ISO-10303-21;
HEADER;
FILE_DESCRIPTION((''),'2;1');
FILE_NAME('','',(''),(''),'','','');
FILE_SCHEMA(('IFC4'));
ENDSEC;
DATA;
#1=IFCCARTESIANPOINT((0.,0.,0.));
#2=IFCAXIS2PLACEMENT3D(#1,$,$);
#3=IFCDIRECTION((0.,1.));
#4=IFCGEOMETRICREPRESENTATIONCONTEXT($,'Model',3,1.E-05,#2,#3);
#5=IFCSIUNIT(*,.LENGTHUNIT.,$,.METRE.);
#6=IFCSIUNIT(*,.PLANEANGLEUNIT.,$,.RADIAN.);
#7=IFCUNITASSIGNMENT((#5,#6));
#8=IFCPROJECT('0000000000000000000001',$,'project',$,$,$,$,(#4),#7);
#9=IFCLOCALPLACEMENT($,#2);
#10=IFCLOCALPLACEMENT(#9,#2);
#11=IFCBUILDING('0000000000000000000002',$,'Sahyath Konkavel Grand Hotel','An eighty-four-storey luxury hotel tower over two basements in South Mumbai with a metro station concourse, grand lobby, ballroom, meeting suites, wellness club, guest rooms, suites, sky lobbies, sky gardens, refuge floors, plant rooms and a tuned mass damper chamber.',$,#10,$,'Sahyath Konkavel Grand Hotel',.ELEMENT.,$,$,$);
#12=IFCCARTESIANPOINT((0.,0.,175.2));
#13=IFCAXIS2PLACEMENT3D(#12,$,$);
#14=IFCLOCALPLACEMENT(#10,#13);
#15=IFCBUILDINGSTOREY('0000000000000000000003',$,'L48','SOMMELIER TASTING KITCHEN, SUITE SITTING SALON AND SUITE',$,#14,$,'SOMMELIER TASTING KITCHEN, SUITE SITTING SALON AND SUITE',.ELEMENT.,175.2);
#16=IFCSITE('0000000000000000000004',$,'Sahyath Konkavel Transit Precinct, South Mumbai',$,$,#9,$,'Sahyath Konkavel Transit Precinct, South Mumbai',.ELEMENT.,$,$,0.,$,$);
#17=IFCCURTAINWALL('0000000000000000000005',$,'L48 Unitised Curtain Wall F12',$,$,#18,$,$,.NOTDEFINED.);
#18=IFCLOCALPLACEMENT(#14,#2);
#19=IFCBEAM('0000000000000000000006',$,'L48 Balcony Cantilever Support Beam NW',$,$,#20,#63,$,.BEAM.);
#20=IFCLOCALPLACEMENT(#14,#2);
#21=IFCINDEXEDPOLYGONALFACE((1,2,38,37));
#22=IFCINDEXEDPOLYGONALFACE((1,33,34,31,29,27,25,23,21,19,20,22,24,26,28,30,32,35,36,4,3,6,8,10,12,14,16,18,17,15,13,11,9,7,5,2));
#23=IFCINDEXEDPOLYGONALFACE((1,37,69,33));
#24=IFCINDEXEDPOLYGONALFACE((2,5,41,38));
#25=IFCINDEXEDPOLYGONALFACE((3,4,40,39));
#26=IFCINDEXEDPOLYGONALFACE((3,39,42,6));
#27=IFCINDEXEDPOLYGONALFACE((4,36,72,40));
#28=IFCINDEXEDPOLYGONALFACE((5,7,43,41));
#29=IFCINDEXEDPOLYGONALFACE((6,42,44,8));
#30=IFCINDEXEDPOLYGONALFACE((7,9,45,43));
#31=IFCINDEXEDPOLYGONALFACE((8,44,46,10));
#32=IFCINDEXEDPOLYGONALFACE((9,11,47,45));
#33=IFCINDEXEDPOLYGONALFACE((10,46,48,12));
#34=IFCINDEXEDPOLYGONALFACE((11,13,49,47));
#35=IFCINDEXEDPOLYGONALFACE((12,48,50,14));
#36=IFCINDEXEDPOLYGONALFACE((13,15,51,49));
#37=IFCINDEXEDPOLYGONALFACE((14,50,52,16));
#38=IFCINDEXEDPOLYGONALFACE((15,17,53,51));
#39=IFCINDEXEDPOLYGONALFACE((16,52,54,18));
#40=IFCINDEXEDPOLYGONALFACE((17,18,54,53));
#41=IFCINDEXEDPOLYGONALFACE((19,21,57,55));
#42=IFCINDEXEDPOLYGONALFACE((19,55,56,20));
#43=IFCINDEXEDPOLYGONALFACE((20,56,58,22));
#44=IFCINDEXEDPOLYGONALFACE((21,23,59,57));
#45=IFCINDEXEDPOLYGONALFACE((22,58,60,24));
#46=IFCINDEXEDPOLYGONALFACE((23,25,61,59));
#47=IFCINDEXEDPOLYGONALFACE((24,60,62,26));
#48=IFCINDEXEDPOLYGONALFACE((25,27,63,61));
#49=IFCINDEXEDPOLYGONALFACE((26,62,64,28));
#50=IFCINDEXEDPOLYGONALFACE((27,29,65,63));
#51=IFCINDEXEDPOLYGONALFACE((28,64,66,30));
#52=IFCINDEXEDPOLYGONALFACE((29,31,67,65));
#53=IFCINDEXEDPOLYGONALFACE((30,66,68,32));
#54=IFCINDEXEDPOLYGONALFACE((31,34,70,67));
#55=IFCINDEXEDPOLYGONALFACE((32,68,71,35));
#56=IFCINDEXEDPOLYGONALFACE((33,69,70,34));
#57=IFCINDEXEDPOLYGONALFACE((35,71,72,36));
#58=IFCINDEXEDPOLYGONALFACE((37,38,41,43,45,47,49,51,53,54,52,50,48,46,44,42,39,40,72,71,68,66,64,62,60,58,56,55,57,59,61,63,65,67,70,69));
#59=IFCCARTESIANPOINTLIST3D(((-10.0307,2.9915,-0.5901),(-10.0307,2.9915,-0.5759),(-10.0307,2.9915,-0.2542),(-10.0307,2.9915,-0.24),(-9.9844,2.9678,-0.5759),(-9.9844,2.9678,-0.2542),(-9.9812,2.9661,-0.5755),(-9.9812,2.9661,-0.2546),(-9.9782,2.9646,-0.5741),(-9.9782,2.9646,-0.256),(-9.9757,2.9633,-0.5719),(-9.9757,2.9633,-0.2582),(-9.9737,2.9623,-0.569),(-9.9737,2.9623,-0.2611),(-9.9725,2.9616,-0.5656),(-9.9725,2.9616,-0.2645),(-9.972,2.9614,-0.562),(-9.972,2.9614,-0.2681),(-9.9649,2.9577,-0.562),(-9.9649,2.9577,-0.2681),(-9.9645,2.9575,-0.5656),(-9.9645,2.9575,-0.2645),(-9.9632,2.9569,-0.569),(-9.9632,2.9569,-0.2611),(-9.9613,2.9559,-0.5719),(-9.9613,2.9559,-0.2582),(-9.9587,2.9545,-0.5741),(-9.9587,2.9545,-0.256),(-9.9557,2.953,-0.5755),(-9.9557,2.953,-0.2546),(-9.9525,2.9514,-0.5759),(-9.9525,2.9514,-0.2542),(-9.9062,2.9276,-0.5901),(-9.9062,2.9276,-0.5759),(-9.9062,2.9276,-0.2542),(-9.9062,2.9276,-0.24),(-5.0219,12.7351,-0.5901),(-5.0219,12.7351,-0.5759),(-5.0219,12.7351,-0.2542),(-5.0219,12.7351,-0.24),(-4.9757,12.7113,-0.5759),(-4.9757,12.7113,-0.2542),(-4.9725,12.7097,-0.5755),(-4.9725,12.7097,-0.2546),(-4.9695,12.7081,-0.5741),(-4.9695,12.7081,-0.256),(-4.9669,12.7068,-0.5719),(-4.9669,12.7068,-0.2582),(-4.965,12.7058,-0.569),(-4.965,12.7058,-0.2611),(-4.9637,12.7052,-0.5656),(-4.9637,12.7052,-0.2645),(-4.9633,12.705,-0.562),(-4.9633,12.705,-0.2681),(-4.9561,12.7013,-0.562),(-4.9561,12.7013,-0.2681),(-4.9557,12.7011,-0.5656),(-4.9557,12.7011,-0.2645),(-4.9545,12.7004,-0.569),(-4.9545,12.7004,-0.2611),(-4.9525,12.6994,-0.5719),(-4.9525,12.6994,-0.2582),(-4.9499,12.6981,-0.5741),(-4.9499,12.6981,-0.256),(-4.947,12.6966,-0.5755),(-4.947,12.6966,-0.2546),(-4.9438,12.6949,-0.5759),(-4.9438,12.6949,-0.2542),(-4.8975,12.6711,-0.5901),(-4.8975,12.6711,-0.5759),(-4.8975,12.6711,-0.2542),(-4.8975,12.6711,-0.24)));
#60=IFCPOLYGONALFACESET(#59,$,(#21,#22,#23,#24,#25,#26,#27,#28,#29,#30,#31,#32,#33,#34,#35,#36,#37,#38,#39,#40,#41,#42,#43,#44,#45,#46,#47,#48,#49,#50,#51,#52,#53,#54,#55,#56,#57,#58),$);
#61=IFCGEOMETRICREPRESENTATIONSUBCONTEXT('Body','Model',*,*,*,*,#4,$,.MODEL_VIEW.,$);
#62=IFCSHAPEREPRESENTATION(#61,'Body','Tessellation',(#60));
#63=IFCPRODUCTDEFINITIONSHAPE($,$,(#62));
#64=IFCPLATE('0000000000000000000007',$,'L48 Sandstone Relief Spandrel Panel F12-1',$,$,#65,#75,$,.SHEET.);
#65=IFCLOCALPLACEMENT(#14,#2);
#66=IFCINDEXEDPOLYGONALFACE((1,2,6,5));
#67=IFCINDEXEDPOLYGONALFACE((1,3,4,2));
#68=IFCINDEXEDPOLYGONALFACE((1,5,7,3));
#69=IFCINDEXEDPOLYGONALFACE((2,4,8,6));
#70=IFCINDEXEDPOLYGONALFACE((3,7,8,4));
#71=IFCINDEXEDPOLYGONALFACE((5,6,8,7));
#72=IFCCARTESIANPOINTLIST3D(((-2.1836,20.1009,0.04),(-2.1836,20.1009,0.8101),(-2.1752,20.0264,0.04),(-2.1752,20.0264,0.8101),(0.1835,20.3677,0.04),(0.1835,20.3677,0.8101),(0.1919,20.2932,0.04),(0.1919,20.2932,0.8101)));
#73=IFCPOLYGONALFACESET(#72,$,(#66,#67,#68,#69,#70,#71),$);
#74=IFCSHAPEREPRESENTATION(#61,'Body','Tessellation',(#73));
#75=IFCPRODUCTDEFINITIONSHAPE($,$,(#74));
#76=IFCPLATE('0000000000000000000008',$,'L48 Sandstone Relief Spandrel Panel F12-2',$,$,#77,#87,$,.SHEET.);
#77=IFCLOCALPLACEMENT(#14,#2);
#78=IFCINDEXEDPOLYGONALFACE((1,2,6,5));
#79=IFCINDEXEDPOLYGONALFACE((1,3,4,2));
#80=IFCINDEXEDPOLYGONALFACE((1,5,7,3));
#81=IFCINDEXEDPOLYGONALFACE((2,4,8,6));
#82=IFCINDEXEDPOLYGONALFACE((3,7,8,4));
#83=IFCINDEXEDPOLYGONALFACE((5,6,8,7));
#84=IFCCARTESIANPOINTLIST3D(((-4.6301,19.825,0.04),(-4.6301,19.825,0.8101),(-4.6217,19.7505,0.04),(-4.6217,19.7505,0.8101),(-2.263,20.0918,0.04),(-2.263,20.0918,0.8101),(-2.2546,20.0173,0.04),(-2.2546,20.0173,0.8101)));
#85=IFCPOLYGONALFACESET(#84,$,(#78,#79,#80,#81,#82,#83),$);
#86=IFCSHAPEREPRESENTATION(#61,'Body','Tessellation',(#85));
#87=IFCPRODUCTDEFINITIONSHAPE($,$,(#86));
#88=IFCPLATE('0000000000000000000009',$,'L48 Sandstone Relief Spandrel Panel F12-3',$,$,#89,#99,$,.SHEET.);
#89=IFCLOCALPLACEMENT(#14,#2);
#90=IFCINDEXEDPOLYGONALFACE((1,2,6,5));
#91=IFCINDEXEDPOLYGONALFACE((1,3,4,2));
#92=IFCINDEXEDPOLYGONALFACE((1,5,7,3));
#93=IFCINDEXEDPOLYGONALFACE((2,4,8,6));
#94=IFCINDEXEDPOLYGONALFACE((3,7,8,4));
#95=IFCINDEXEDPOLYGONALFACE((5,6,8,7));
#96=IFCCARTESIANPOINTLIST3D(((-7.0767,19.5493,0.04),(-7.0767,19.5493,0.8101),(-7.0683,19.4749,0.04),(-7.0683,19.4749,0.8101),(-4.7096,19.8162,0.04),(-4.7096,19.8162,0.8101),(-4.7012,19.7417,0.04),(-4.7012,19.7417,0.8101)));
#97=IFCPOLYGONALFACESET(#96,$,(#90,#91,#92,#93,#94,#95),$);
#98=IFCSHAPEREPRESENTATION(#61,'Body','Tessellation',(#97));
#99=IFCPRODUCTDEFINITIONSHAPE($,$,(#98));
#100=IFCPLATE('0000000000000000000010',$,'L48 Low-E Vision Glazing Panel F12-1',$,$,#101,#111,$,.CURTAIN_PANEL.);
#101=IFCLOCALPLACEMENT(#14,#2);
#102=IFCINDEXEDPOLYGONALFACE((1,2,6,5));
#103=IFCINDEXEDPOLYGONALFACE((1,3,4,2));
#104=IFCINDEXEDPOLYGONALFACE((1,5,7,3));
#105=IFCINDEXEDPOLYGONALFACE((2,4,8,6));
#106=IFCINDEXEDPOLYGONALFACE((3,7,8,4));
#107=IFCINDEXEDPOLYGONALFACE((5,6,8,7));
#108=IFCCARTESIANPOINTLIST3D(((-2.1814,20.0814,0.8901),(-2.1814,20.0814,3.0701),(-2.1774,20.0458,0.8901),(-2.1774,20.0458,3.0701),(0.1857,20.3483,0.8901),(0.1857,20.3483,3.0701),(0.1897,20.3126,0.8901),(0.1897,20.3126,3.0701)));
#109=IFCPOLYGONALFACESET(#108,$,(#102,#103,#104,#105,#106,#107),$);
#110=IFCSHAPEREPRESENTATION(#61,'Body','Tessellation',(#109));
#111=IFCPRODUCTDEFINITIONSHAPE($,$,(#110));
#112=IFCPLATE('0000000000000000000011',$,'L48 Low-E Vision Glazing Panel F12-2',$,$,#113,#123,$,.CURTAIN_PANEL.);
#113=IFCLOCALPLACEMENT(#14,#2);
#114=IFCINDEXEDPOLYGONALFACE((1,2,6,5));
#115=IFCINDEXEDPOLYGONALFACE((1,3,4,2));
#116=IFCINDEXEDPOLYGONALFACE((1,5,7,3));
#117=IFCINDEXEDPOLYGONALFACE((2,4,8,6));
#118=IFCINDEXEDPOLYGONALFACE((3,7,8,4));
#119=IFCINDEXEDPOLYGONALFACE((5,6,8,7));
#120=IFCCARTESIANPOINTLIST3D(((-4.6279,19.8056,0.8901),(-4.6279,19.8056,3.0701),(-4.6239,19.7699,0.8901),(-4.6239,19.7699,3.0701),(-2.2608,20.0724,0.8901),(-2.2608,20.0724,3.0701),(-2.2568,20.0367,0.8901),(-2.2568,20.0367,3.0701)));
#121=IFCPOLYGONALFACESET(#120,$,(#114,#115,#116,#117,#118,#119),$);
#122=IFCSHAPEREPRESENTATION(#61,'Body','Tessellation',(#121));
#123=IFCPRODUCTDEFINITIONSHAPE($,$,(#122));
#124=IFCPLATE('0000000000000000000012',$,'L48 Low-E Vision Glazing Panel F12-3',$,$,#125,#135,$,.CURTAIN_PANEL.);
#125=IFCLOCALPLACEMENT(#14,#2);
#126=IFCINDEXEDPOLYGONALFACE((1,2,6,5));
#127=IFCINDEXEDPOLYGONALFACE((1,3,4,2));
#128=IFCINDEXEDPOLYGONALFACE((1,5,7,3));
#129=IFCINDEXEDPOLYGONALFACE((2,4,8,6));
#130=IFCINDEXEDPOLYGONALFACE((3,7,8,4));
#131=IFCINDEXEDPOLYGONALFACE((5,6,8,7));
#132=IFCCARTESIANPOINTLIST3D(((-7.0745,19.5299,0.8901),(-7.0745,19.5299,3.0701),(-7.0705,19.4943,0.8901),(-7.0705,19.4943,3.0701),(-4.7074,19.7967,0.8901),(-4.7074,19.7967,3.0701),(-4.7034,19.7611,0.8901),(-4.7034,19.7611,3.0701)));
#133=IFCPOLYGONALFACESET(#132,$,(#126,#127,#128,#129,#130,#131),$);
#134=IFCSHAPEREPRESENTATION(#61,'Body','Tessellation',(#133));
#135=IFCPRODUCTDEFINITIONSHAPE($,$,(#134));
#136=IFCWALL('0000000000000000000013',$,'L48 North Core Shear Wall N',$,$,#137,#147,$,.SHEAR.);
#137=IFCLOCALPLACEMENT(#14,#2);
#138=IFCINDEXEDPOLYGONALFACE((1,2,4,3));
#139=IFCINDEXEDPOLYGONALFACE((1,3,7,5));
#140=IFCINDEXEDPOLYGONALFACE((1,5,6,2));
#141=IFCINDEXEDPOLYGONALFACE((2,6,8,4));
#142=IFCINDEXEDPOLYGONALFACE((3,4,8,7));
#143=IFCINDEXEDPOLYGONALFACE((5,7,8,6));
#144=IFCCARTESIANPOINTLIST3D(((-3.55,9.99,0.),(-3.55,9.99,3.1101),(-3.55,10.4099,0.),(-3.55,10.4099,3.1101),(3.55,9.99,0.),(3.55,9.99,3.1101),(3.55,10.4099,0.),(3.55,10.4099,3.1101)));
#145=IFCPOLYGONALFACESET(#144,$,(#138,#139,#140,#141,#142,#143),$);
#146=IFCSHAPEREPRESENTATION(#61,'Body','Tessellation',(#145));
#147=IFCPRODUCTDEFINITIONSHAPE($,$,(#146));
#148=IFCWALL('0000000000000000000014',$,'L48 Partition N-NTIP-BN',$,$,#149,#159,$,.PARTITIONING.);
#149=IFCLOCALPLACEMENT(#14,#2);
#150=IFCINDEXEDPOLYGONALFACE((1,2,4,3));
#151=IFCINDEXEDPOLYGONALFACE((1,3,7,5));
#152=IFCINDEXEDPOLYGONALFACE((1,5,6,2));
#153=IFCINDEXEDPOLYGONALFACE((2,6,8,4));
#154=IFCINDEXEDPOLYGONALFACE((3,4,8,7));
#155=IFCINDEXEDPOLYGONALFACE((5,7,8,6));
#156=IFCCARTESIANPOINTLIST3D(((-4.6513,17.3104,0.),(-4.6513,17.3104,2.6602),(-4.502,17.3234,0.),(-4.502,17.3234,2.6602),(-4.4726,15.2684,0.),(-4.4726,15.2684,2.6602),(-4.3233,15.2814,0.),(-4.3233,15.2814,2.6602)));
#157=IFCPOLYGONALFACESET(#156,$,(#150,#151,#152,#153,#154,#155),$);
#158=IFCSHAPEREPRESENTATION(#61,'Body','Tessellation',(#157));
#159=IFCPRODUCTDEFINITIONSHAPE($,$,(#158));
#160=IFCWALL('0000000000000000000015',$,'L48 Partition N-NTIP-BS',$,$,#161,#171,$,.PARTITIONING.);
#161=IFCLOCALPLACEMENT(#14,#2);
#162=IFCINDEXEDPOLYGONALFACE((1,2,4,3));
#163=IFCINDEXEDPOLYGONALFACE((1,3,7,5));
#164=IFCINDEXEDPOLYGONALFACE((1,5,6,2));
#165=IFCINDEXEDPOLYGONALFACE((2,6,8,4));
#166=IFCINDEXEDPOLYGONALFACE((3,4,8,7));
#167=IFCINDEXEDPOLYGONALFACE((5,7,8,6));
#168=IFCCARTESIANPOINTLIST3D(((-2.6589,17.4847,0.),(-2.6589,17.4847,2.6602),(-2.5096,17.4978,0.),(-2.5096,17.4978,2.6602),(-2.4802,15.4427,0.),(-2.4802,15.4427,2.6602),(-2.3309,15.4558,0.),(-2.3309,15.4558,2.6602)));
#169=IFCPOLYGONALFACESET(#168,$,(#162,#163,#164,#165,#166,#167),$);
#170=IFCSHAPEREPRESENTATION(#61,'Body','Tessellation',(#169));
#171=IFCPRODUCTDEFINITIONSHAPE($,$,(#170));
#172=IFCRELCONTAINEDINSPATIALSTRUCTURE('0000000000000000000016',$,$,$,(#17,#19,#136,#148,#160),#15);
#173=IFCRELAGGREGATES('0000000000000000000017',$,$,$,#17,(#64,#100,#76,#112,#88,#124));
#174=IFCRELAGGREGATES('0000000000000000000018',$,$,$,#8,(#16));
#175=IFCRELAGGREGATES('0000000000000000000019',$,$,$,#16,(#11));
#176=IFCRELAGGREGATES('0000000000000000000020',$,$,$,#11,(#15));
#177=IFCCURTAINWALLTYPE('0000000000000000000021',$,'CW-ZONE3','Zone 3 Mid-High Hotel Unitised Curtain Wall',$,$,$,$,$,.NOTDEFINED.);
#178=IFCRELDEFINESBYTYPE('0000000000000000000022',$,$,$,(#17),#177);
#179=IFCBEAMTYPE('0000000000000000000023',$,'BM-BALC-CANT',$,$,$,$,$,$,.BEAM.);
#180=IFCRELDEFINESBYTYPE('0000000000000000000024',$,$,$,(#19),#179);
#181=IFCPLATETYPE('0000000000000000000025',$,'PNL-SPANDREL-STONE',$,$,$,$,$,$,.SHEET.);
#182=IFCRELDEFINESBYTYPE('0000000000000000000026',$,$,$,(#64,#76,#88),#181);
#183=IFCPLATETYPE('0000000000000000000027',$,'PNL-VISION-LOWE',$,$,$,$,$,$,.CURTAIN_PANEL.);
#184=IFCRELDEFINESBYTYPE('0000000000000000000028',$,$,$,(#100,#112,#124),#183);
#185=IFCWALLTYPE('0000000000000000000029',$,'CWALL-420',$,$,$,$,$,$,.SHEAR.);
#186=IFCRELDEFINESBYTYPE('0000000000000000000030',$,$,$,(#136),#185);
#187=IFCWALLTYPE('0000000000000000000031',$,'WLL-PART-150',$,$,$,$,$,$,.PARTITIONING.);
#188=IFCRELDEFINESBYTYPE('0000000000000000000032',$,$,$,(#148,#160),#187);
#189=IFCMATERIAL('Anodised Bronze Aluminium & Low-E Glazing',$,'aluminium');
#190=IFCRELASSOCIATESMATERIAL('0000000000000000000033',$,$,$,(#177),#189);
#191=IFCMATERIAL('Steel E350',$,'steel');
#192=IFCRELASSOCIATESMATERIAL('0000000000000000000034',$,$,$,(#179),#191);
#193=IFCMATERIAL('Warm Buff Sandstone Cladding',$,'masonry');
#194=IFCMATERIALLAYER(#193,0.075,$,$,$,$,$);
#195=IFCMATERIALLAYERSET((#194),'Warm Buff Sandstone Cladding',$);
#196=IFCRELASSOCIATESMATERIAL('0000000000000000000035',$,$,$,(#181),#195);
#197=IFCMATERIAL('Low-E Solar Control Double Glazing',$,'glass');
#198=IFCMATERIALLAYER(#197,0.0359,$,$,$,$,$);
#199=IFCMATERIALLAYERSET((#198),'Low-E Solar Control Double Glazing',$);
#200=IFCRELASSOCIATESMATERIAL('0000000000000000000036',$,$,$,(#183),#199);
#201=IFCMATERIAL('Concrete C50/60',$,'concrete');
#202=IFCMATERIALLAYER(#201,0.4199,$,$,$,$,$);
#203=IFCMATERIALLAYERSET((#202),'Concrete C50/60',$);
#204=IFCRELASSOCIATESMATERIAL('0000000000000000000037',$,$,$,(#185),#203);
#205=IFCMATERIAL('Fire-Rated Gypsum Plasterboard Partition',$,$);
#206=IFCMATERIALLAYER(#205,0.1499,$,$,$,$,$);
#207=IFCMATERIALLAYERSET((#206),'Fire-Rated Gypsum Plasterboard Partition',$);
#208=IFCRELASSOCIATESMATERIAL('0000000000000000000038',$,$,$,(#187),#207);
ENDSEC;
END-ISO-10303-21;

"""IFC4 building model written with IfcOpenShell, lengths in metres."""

from ifc_helpers import new_model, si_unit, direction, frame, frame_2d, origin, origin_2d, place, context, subcontext, project, spatial, rectangle, i_section, extrude, source, transform, mapped, material, layer, layer_set, material_profile, profile_set, type_object, element, aggregate, save


model = new_model("IFC4")

# Units and contexts
model_context = context("Model", 3, precision=1e-05, world=origin(), true_north=direction((0.0, 1.0)))
body_context = subcontext(model_context, "Body", "Model", "MODEL_VIEW")
ifc_project = project(units=[si_unit("LENGTHUNIT", "METRE"), si_unit("PLANEANGLEUNIT", "RADIAN")], contexts=[model_context])

# Site, building, storey
site_placement = place(None, origin())
site = spatial("IfcSite", under=ifc_project, at=site_placement, Name="Sahyath Konkavel Transit Precinct, South Mumbai", LongName="Sahyath Konkavel Transit Precinct, South Mumbai", CompositionType="ELEMENT", RefElevation=0.0)
building_placement = place(site_placement, origin())
building = spatial("IfcBuilding", under=site, at=building_placement, Name="Sahyath Konkavel Grand Hotel", Description="An eighty-four-storey luxury hotel tower over two basements in South Mumbai with a metro station concourse, grand lobby, ballroom, meeting suites, wellness club, guest rooms, suites, sky lobbies, sky gardens, refuge floors, plant rooms and a tuned mass damper chamber.", LongName="Sahyath Konkavel Grand Hotel", CompositionType="ELEMENT")
storey_placement = place(building_placement, frame((0.0, 0.0, 175.2)))
storey = spatial("IfcBuildingStorey", under=building, at=storey_placement, Name="L48", Description="SOMMELIER TASTING KITCHEN, SUITE SITTING SALON AND SUITE", LongName="SOMMELIER TASTING KITCHEN, SUITE SITTING SALON AND SUITE", CompositionType="ELEMENT", Elevation=175.2)

# Shared definitions
ifc_material_1 = material(Name="Concrete C50/60", Category="concrete")

# Shared definitions
ifc_material_2 = material(Name="Steel E350", Category="steel")

# Curtain wall
ifc_material_3 = material(Name="Anodised Bronze Aluminium & Low-E Glazing", Category="aluminium")
curtain_wall_type = type_object("IfcCurtainWallType", Name="CW-ZONE3", Description="Zone 3 Mid-High Hotel Unitised Curtain Wall", PredefinedType="NOTDEFINED", material=ifc_material_3)
curtain_wall_placement = place(storey_placement, origin())
curtain_wall = element("IfcCurtainWall", 1, at=curtain_wall_placement, inside=storey, type_object=curtain_wall_type, Name="L48 Unitised Curtain Wall F12", PredefinedType="NOTDEFINED")

# Beam
ifc_material_profile_1 = material_profile(ifc_material_2, i_section(OverallWidth=0.1399, OverallDepth=0.3501, WebThickness=0.0081, FlangeThickness=0.0142, FilletRadius=0.0139, at=origin_2d()), Name="ISMB 350")
ifc_profile_set_1 = profile_set([ifc_material_profile_1], Name="Steel E350")
beam_type_1 = type_object("IfcBeamType", Name="BM-BALC-CANT", PredefinedType="BEAM", material=ifc_profile_set_1)
shared_shape_1 = source(origin(), body_context, "Body", "SweptSolid", [
    extrude(i_section(OverallWidth=0.1399, OverallDepth=0.3501, WebThickness=0.0081, FlangeThickness=0.0142, FilletRadius=0.0139, at=origin_2d()), origin(), (0.0, 0.0, 1.0), 10.9556),
])
beam_1_placement = place(storey_placement, frame((-4.9597, 12.7031, -0.415), z_axis=(-0.457187, -0.889371, 0.0), x_axis=(0.889371, -0.457187, 0.0)))
element("IfcBeam", 2, at=beam_1_placement, inside=storey, type_object=beam_type_1, Name="L48 Balcony Cantilever Support Beam NW", PredefinedType="BEAM", context=body_context, shape_type="MappedRepresentation", body=[
    mapped(shared_shape_1, transform((0.0, 0.0, 0.0), scale=1.0)),
])

# Plates
ifc_material_4 = material(Name="Warm Buff Sandstone Cladding", Category="masonry")
ifc_layer_1 = layer(ifc_material_4, 0.075)
ifc_layer_set_1 = layer_set([ifc_layer_1], Name="Warm Buff Sandstone Cladding")
plate_type_1 = type_object("IfcPlateType", Name="PNL-SPANDREL-STONE", PredefinedType="SHEET", material=ifc_layer_set_1)
shared_shape_2 = source(origin(), body_context, "Body", "SweptSolid", [
    extrude(rectangle(XDim=2.3821, YDim=0.075, at=origin_2d()), origin(), (0.0, 0.0, 1.0), 0.77),
])
plate_1_placement = place(storey_placement, frame((-0.9958, 20.197, 0.04), z_axis=(0.0, 0.0, 1.0), x_axis=(-0.993707, -0.112007, 0.0)))
plate_1 = element("IfcPlate", 3, at=plate_1_placement, type_object=plate_type_1, Name="L48 Sandstone Relief Spandrel Panel F12-1", PredefinedType="SHEET", context=body_context, shape_type="MappedRepresentation", body=[
    mapped(shared_shape_2, transform((0.0, 0.0, 0.0), scale=1.0)),
])
plate_2_placement = place(storey_placement, frame((-3.4424, 19.9211, 0.04), z_axis=(0.0, 0.0, 1.0), x_axis=(-0.993707, -0.112007, 0.0)))
plate_2 = element("IfcPlate", 4, at=plate_2_placement, type_object=plate_type_1, Name="L48 Sandstone Relief Spandrel Panel F12-2", PredefinedType="SHEET", context=body_context, shape_type="MappedRepresentation", body=[
    mapped(shared_shape_2, transform((0.0, 0.0, 0.0), scale=1.0)),
])
plate_3_placement = place(storey_placement, frame((-5.8889, 19.6455, 0.04), z_axis=(0.0, 0.0, 1.0), x_axis=(-0.993707, -0.112007, 0.0)))
plate_3 = element("IfcPlate", 5, at=plate_3_placement, type_object=plate_type_1, Name="L48 Sandstone Relief Spandrel Panel F12-3", PredefinedType="SHEET", context=body_context, shape_type="MappedRepresentation", body=[
    mapped(shared_shape_2, transform((0.0, 0.0, 0.0), scale=1.0)),
])
ifc_material_5 = material(Name="Low-E Solar Control Double Glazing", Category="glass")
ifc_layer_2 = layer(ifc_material_5, 0.0359)
ifc_layer_set_2 = layer_set([ifc_layer_2], Name="Low-E Solar Control Double Glazing")
plate_type_2 = type_object("IfcPlateType", Name="PNL-VISION-LOWE", PredefinedType="CURTAIN_PANEL", material=ifc_layer_set_2)
shared_shape_3 = source(origin(), body_context, "Body", "SweptSolid", [
    extrude(rectangle(XDim=2.3821, YDim=0.0359, at=origin_2d()), origin(), (0.0, 0.0, 1.0), 2.1799),
])
plate_4_placement = place(storey_placement, frame((-0.9958, 20.197, 0.8901), z_axis=(0.0, 0.0, 1.0), x_axis=(-0.993707, -0.112007, 0.0)))
plate_4 = element("IfcPlate", 6, at=plate_4_placement, type_object=plate_type_2, Name="L48 Low-E Vision Glazing Panel F12-1", PredefinedType="CURTAIN_PANEL", context=body_context, shape_type="MappedRepresentation", body=[
    mapped(shared_shape_3, transform((0.0, 0.0, 0.0), scale=1.0)),
])
plate_5_placement = place(storey_placement, frame((-3.4424, 19.9211, 0.8901), z_axis=(0.0, 0.0, 1.0), x_axis=(-0.993707, -0.112007, 0.0)))
plate_5 = element("IfcPlate", 7, at=plate_5_placement, type_object=plate_type_2, Name="L48 Low-E Vision Glazing Panel F12-2", PredefinedType="CURTAIN_PANEL", context=body_context, shape_type="MappedRepresentation", body=[
    mapped(shared_shape_3, transform((0.0, 0.0, 0.0), scale=1.0)),
])
plate_6_placement = place(storey_placement, frame((-5.8889, 19.6455, 0.8901), z_axis=(0.0, 0.0, 1.0), x_axis=(-0.993707, -0.112007, 0.0)))
plate_6 = element("IfcPlate", 8, at=plate_6_placement, type_object=plate_type_2, Name="L48 Low-E Vision Glazing Panel F12-3", PredefinedType="CURTAIN_PANEL", context=body_context, shape_type="MappedRepresentation", body=[
    mapped(shared_shape_3, transform((0.0, 0.0, 0.0), scale=1.0)),
])
aggregate(curtain_wall, [plate_1, plate_4, plate_2, plate_5, plate_3, plate_6])

# Walls
ifc_layer_3 = layer(ifc_material_1, 0.4199)
ifc_layer_set_3 = layer_set([ifc_layer_3], Name="Concrete C50/60")
wall_type_1 = type_object("IfcWallType", Name="CWALL-420", PredefinedType="SHEAR", material=ifc_layer_set_3)
wall_1_placement = place(storey_placement, frame((-3.55, 10.2, 0.0), z_axis=(0.0, 0.0, 1.0), x_axis=(1.0, 0.0, 0.0)))
element("IfcWall", 9, at=wall_1_placement, inside=storey, type_object=wall_type_1, Name="L48 North Core Shear Wall N", PredefinedType="SHEAR", context=body_context, shape_type="SweptSolid", body=[
    extrude(rectangle(XDim=7.1001, YDim=0.4199, at=frame_2d((3.55, 0.0))), origin(), (0.0, 0.0, 1.0), 3.1101),
])
ifc_material_6 = material(Name="Fire-Rated Gypsum Plasterboard Partition")
ifc_layer_4 = layer(ifc_material_6, 0.1499)
ifc_layer_set_4 = layer_set([ifc_layer_4], Name="Fire-Rated Gypsum Plasterboard Partition")
wall_type_2 = type_object("IfcWallType", Name="WLL-PART-150", PredefinedType="PARTITIONING", material=ifc_layer_set_4)
for number, where, z_axis, x_axis, name in (
    (10, (-4.3979, 15.2749, 0.0), (0.0, 0.0, 1.0), (-0.087185, 0.996192, 0.0), "L48 Partition N-NTIP-BN"),
    (11, (-2.4055, 15.4492, 0.0), (0.0, 0.0, 1.0), (-0.087185, 0.996192, 0.0), "L48 Partition N-NTIP-BS"),
):
    element("IfcWall", number, at=place(storey_placement, frame(where, z_axis=z_axis, x_axis=x_axis)), inside=storey, type_object=wall_type_2, Name=name, PredefinedType="PARTITIONING", context=body_context, shape_type="SweptSolid", body=[
        extrude(rectangle(XDim=2.0498, YDim=0.1499, at=frame_2d((1.0249, 0.0))), origin(), (0.0, 0.0, 1.0), 2.6602),
    ])

save(model, "model.ifc")
